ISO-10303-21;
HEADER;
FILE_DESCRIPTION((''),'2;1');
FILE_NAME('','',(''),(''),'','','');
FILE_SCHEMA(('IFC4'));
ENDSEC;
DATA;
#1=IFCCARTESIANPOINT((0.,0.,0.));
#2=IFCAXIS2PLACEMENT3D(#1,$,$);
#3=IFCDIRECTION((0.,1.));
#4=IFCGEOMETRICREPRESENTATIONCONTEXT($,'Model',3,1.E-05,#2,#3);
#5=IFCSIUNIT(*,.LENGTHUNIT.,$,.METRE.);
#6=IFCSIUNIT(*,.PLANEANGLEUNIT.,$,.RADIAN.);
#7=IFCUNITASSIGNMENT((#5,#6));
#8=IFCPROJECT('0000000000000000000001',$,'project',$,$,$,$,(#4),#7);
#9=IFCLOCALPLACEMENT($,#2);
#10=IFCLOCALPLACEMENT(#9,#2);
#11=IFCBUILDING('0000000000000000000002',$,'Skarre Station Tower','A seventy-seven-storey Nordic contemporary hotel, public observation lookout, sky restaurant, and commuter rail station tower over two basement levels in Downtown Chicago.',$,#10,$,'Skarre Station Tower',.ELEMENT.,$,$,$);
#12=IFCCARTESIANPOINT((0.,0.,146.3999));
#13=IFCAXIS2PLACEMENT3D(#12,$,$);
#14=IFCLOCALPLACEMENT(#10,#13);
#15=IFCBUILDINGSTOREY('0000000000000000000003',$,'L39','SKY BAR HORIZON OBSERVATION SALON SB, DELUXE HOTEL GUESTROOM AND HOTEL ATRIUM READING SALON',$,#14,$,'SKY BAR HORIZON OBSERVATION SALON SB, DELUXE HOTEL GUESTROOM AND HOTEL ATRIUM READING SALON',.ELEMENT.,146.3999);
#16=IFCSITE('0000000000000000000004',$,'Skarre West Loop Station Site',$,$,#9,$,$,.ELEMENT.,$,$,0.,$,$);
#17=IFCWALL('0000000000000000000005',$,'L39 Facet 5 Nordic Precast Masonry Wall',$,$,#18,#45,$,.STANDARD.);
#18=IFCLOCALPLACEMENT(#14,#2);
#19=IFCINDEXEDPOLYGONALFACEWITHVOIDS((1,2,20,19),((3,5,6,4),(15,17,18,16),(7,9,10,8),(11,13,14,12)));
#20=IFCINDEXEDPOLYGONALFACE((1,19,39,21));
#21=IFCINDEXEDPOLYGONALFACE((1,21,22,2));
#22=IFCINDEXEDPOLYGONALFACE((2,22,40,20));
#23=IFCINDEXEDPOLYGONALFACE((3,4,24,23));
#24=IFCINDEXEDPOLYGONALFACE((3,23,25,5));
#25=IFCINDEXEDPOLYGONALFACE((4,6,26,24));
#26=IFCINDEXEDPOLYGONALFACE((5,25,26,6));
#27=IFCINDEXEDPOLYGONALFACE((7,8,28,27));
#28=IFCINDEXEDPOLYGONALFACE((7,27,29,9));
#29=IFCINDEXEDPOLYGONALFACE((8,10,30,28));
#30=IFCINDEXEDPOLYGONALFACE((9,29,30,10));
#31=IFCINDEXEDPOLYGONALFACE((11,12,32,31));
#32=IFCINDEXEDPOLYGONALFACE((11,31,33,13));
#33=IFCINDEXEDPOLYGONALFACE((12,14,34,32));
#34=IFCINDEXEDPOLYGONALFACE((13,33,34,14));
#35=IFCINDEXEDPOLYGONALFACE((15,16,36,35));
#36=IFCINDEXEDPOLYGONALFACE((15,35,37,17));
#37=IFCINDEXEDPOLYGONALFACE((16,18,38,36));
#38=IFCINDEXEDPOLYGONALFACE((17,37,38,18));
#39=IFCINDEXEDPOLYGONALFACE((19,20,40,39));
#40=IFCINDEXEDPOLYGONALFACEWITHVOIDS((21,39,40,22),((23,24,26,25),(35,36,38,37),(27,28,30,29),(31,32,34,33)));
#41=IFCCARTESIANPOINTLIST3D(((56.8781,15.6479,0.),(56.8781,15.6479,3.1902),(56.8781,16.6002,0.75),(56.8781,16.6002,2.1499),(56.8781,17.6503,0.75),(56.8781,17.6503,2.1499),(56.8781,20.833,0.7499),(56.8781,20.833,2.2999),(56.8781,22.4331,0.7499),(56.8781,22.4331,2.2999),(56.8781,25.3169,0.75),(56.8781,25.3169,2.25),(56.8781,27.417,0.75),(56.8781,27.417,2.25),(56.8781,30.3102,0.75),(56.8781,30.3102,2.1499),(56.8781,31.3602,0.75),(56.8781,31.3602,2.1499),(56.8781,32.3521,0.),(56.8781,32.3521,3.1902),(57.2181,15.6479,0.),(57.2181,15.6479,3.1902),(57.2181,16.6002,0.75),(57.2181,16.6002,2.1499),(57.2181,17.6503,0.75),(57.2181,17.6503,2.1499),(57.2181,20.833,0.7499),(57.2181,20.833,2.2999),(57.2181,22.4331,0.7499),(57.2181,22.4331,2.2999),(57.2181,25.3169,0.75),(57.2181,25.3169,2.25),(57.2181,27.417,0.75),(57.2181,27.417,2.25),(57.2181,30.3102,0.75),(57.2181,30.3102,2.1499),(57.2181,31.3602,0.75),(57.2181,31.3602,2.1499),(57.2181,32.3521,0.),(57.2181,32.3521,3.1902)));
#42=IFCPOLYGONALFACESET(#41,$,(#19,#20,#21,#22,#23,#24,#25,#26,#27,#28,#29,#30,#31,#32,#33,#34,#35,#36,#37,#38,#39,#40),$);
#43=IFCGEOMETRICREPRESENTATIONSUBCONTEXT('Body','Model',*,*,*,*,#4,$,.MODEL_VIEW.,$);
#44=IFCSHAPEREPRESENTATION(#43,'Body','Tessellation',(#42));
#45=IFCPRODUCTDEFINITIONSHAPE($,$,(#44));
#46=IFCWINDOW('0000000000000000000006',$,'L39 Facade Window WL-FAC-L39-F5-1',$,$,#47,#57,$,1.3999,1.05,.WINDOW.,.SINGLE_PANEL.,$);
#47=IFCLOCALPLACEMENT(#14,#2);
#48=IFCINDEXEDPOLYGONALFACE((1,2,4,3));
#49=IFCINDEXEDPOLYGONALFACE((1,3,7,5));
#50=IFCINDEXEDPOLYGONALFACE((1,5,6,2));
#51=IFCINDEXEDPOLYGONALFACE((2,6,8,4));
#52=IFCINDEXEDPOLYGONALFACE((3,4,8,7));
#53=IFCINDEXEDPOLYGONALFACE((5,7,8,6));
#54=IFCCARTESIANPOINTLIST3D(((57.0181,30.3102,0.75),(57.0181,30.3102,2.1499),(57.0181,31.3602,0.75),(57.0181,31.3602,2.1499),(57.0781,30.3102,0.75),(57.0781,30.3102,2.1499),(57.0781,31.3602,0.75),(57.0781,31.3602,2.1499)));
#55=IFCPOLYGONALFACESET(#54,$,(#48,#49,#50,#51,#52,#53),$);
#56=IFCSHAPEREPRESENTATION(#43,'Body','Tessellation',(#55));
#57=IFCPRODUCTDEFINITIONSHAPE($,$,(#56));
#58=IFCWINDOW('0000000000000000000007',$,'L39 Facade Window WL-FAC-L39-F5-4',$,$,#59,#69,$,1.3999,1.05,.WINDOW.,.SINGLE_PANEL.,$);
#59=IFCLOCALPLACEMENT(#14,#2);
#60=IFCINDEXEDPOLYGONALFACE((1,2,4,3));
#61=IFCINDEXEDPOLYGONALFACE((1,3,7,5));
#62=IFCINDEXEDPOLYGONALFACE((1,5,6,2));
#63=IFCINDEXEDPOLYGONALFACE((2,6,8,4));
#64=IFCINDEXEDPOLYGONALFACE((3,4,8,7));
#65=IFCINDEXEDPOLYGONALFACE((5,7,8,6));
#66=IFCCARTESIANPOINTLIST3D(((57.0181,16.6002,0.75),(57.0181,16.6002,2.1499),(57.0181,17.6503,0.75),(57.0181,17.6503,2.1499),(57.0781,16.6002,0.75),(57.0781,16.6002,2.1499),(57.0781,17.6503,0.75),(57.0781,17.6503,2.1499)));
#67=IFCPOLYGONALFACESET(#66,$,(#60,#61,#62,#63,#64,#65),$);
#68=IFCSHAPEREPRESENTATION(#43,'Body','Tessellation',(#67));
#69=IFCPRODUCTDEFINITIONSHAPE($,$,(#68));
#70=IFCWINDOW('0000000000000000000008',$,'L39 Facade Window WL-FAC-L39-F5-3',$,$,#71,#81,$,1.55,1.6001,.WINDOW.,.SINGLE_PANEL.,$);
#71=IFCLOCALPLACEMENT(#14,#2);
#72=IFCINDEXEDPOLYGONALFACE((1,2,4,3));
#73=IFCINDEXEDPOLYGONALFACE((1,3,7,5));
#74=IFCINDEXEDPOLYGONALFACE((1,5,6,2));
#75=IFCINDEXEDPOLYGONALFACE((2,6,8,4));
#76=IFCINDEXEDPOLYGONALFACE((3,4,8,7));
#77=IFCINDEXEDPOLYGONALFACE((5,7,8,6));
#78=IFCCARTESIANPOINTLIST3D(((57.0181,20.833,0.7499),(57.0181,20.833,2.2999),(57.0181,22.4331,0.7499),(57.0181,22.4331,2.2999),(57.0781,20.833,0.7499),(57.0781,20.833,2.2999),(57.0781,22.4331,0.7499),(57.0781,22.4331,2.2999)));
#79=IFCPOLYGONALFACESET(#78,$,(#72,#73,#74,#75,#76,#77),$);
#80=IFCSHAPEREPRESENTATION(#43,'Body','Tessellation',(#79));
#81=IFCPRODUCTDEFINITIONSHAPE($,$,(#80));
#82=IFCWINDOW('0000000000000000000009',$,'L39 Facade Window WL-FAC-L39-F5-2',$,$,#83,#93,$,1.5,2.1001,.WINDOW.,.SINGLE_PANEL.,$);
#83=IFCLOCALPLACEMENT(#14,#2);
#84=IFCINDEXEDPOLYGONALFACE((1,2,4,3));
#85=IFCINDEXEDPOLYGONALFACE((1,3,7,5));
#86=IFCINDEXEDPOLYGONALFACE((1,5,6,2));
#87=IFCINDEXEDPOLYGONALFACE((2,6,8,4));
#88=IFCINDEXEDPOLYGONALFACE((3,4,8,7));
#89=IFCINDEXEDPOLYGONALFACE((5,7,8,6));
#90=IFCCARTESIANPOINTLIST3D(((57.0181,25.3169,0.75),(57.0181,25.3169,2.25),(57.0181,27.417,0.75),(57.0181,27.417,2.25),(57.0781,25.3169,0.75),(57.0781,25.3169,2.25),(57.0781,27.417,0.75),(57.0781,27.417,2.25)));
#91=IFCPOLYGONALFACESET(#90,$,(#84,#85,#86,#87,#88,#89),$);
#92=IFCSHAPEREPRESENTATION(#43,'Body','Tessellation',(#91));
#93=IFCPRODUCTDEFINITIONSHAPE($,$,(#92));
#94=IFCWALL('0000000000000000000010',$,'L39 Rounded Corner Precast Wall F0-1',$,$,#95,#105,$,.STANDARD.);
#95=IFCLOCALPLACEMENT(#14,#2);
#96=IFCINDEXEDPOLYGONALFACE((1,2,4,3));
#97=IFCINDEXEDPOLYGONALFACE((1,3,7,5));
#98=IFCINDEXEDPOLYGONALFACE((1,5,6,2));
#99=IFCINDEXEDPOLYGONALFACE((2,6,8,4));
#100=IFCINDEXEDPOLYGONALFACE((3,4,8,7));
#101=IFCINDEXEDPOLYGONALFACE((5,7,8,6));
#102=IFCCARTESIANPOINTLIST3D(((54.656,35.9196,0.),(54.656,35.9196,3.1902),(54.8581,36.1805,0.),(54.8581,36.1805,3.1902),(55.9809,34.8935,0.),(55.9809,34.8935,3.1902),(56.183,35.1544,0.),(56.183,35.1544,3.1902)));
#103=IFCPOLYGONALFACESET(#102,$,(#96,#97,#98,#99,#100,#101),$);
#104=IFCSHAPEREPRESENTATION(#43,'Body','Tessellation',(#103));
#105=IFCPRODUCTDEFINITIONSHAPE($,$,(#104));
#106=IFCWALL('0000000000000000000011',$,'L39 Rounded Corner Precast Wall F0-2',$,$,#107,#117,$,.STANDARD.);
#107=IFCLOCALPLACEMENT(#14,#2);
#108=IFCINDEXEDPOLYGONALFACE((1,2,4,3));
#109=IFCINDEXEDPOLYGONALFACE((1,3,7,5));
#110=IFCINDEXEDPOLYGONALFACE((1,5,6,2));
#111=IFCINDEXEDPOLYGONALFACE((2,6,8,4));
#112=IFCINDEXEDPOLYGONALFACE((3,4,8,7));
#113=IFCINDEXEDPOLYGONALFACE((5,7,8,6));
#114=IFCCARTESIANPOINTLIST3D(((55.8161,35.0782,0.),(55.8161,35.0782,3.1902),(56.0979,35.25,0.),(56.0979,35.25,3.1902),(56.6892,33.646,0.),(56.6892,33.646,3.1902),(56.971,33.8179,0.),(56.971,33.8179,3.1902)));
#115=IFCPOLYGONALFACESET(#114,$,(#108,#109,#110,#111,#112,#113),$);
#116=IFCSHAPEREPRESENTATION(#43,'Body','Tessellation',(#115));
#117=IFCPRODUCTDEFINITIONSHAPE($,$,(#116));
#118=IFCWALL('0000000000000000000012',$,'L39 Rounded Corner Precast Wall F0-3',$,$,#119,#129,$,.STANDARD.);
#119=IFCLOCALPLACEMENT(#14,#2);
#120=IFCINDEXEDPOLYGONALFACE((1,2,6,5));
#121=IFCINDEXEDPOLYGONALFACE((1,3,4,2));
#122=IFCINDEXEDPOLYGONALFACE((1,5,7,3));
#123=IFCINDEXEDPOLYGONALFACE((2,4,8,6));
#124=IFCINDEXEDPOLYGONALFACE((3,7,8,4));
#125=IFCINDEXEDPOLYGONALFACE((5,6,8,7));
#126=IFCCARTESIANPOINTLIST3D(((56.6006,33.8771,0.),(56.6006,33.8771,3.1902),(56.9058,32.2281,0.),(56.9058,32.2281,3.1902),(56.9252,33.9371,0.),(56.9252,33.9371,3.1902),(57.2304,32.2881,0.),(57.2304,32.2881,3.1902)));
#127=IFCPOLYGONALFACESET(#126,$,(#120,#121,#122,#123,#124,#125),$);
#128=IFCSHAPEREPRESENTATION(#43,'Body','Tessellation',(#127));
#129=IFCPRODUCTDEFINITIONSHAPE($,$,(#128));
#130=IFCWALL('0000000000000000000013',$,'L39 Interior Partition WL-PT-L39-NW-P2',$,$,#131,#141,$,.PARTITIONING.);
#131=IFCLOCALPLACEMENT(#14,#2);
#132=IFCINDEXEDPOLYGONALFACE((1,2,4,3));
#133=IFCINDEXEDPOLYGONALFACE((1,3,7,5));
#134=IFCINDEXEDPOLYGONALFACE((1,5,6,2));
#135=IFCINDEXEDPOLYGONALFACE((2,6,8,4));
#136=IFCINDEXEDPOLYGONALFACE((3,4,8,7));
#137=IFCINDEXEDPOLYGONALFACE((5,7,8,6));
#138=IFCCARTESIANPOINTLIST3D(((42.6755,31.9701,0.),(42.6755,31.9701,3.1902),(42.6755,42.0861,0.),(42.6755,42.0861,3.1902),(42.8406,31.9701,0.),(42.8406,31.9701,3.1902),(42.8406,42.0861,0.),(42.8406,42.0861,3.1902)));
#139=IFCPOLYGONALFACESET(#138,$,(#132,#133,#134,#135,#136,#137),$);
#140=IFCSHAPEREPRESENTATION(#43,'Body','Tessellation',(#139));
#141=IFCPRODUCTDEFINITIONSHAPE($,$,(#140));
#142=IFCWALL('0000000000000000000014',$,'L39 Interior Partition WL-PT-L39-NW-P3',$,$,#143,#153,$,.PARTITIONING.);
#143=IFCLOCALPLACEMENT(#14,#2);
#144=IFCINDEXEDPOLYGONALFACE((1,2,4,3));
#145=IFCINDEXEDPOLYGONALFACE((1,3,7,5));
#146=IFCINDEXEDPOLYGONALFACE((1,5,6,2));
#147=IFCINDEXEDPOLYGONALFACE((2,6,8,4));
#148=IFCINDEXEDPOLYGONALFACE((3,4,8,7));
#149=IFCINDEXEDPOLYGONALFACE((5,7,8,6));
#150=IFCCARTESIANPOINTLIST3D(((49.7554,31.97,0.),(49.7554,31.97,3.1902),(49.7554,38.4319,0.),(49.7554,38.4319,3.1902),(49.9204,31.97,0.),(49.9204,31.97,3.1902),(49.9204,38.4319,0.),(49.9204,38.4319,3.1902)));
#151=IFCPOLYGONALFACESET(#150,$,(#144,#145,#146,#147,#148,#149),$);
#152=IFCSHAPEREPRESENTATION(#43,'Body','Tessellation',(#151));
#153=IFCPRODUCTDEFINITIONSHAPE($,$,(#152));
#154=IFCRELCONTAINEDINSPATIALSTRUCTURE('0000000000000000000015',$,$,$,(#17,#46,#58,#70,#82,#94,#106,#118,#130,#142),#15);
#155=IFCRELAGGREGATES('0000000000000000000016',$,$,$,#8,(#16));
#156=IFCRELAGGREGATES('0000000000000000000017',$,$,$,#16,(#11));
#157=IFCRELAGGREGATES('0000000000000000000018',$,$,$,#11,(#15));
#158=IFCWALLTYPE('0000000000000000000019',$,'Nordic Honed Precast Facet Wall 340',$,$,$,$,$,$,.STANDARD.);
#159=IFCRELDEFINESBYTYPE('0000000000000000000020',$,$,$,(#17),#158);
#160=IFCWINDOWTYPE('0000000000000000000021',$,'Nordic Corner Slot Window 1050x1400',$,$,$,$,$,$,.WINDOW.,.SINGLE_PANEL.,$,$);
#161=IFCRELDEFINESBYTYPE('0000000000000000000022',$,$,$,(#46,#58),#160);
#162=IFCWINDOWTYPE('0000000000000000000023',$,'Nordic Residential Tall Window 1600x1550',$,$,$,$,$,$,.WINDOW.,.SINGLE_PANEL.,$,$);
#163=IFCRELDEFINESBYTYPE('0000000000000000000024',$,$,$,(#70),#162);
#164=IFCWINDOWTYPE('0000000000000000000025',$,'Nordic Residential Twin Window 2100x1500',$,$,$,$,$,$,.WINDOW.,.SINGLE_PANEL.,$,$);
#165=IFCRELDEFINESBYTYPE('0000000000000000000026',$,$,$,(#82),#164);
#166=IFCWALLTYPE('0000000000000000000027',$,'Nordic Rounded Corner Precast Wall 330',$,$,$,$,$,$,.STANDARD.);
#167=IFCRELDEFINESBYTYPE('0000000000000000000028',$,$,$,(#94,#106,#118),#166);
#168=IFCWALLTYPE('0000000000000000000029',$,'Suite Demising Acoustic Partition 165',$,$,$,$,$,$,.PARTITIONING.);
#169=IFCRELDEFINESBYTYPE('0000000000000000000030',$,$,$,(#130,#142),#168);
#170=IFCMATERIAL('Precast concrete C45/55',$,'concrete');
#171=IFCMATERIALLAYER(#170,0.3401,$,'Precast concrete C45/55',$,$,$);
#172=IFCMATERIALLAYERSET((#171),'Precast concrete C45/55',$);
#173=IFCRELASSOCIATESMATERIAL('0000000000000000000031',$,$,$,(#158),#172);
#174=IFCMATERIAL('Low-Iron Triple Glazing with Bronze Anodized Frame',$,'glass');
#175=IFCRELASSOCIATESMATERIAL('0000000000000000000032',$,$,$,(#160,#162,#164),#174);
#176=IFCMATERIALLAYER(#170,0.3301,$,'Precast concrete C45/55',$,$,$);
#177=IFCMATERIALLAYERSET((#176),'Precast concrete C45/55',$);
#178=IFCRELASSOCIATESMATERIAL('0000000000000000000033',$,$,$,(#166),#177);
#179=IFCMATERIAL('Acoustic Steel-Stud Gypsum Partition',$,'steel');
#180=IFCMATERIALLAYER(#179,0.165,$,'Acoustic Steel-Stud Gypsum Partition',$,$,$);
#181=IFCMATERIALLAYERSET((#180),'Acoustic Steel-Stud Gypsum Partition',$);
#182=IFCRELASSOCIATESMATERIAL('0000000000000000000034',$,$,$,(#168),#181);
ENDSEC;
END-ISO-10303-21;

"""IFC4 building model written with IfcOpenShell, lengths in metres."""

from ifc_helpers import new_model, si_unit, direction, frame, frame_2d, origin, place, context, subcontext, project, spatial, rectangle, extrude, material, layer, layer_set, type_object, element, fill, save


model = new_model("IFC4")

# Units and contexts
model_context = context("Model", 3, precision=1e-05, world=origin(), true_north=direction((0.0, 1.0)))
body_context = subcontext(model_context, "Body", "Model", "MODEL_VIEW")
ifc_project = project(units=[si_unit("LENGTHUNIT", "METRE"), si_unit("PLANEANGLEUNIT", "RADIAN")], contexts=[model_context])

# Site, building, storey
site_placement = place(None, origin())
site = spatial("IfcSite", under=ifc_project, at=site_placement, Name="Skarre West Loop Station Site", CompositionType="ELEMENT", RefElevation=0.0)
building_placement = place(site_placement, origin())
building = spatial("IfcBuilding", under=site, at=building_placement, Name="Skarre Station Tower", Description="A seventy-seven-storey Nordic contemporary hotel, public observation lookout, sky restaurant, and commuter rail station tower over two basement levels in Downtown Chicago.", LongName="Skarre Station Tower", CompositionType="ELEMENT")
storey_placement = place(building_placement, frame((0.0, 0.0, 146.3999)))
storey = spatial("IfcBuildingStorey", under=building, at=storey_placement, Name="L39", Description="SKY BAR HORIZON OBSERVATION SALON SB, DELUXE HOTEL GUESTROOM AND HOTEL ATRIUM READING SALON", LongName="SKY BAR HORIZON OBSERVATION SALON SB, DELUXE HOTEL GUESTROOM AND HOTEL ATRIUM READING SALON", CompositionType="ELEMENT", Elevation=146.3999)

# Shared definitions
ifc_material_1 = material(Name="Acoustic Steel-Stud Gypsum Partition", Category="steel")

# Wall, openings, windows
ifc_material_2 = material(Name="Precast concrete C45/55", Category="concrete")
ifc_layer_1 = layer(ifc_material_2, 0.3401, Name="Precast concrete C45/55")
ifc_layer_set_1 = layer_set([ifc_layer_1], Name="Precast concrete C45/55")
wall_type_1 = type_object("IfcWallType", Name="Nordic Honed Precast Facet Wall 340", PredefinedType="STANDARD", material=ifc_layer_set_1)
wall_1_placement = place(storey_placement, frame((57.0481, 32.3521, 0.0), z_axis=(0.0, 0.0, 1.0), x_axis=(0.0, -1.0, 0.0)))
wall_1 = element("IfcWall", 1, at=wall_1_placement, inside=storey, type_object=wall_type_1, Name="L39 Facet 5 Nordic Precast Masonry Wall", PredefinedType="STANDARD", context=body_context, shape_type="SweptSolid", body=[
    extrude(rectangle(XDim=16.7041, YDim=0.3401, at=frame_2d((8.3521, 0.0))), origin(), (0.0, 0.0, 1.0), 3.1902),
])
opening_1_placement = place(wall_1_placement, frame((0.9919, 0.0, 0.75)))
opening_1 = element("IfcOpeningElement", 2, at=opening_1_placement, cuts=wall_1, PredefinedType="OPENING", context=body_context, shape_type="SweptSolid", body=[
    extrude(rectangle(XDim=1.05, YDim=1.3999, at=frame_2d((0.5249, 0.7))), frame((0.0, 0.1799, 0.0), z_axis=(0.0, -1.0, 0.0), x_axis=(1.0, 0.0, 0.0)), (0.0, 0.0, 1.0), 0.3601),
])
opening_2_placement = place(wall_1_placement, frame((4.9351, 0.0, 0.75)))
opening_2 = element("IfcOpeningElement", 3, at=opening_2_placement, cuts=wall_1, PredefinedType="OPENING", context=body_context, shape_type="SweptSolid", body=[
    extrude(rectangle(XDim=2.1001, YDim=1.5, at=frame_2d((1.05, 0.75))), frame((0.0, 0.1799, 0.0), z_axis=(0.0, -1.0, 0.0), x_axis=(1.0, 0.0, 0.0)), (0.0, 0.0, 1.0), 0.3601),
])
opening_3_placement = place(wall_1_placement, frame((9.9189, 0.0, 0.75)))
opening_3 = element("IfcOpeningElement", 4, at=opening_3_placement, cuts=wall_1, PredefinedType="OPENING", context=body_context, shape_type="SweptSolid", body=[
    extrude(rectangle(XDim=1.6001, YDim=1.55, at=frame_2d((0.8, 0.7749))), frame((0.0, 0.1799, 0.0), z_axis=(0.0, -1.0, 0.0), x_axis=(1.0, 0.0, 0.0)), (0.0, 0.0, 1.0), 0.3601),
])
opening_4_placement = place(wall_1_placement, frame((14.7019, 0.0, 0.75)))
opening_4 = element("IfcOpeningElement", 5, at=opening_4_placement, cuts=wall_1, PredefinedType="OPENING", context=body_context, shape_type="SweptSolid", body=[
    extrude(rectangle(XDim=1.05, YDim=1.3999, at=frame_2d((0.5249, 0.7))), frame((0.0, 0.1799, 0.0), z_axis=(0.0, -1.0, 0.0), x_axis=(1.0, 0.0, 0.0)), (0.0, 0.0, 1.0), 0.3601),
])
ifc_material_3 = material(Name="Low-Iron Triple Glazing with Bronze Anodized Frame", Category="glass")
window_type_1 = type_object("IfcWindowType", Name="Nordic Corner Slot Window 1050x1400", PartitioningType="SINGLE_PANEL", PredefinedType="WINDOW", material=ifc_material_3)
window_1_placement = place(opening_1_placement, origin())
window_1 = element("IfcWindow", 6, at=window_1_placement, inside=storey, type_object=window_type_1, Name="L39 Facade Window WL-FAC-L39-F5-1", OverallHeight=1.3999, OverallWidth=1.05, PartitioningType="SINGLE_PANEL", PredefinedType="WINDOW", context=body_context, shape_type="SweptSolid", body=[
    extrude(rectangle(XDim=1.05, YDim=1.3999, at=frame_2d((0.5249, 0.7))), frame((0.0, 0.03, 0.0), z_axis=(0.0, -1.0, 0.0), x_axis=(1.0, 0.0, 0.0)), (0.0, 0.0, 1.0), 0.0601),
])
fill(opening_1, window_1)
window_2_placement = place(opening_4_placement, origin())
window_2 = element("IfcWindow", 7, at=window_2_placement, inside=storey, type_object=window_type_1, Name="L39 Facade Window WL-FAC-L39-F5-4", OverallHeight=1.3999, OverallWidth=1.05, PartitioningType="SINGLE_PANEL", PredefinedType="WINDOW", context=body_context, shape_type="SweptSolid", body=[
    extrude(rectangle(XDim=1.05, YDim=1.3999, at=frame_2d((0.5249, 0.7))), frame((0.0, 0.03, 0.0), z_axis=(0.0, -1.0, 0.0), x_axis=(1.0, 0.0, 0.0)), (0.0, 0.0, 1.0), 0.0601),
])
fill(opening_4, window_2)
window_type_2 = type_object("IfcWindowType", Name="Nordic Residential Tall Window 1600x1550", PartitioningType="SINGLE_PANEL", PredefinedType="WINDOW", material=ifc_material_3)
window_3_placement = place(opening_3_placement, origin())
window_3 = element("IfcWindow", 8, at=window_3_placement, inside=storey, type_object=window_type_2, Name="L39 Facade Window WL-FAC-L39-F5-3", OverallHeight=1.55, OverallWidth=1.6001, PartitioningType="SINGLE_PANEL", PredefinedType="WINDOW", context=body_context, shape_type="SweptSolid", body=[
    extrude(rectangle(XDim=1.6001, YDim=1.55, at=frame_2d((0.8, 0.7749))), frame((0.0, 0.03, 0.0), z_axis=(0.0, -1.0, 0.0), x_axis=(1.0, 0.0, 0.0)), (0.0, 0.0, 1.0), 0.0601),
])
fill(opening_3, window_3)
window_type_3 = type_object("IfcWindowType", Name="Nordic Residential Twin Window 2100x1500", PartitioningType="SINGLE_PANEL", PredefinedType="WINDOW", material=ifc_material_3)
window_4_placement = place(opening_2_placement, origin())
window_4 = element("IfcWindow", 9, at=window_4_placement, inside=storey, type_object=window_type_3, Name="L39 Facade Window WL-FAC-L39-F5-2", OverallHeight=1.5, OverallWidth=2.1001, PartitioningType="SINGLE_PANEL", PredefinedType="WINDOW", context=body_context, shape_type="SweptSolid", body=[
    extrude(rectangle(XDim=2.1001, YDim=1.5, at=frame_2d((1.05, 0.75))), frame((0.0, 0.03, 0.0), z_axis=(0.0, -1.0, 0.0), x_axis=(1.0, 0.0, 0.0)), (0.0, 0.0, 1.0), 0.0601),
])
fill(opening_2, window_4)

# Walls
ifc_layer_2 = layer(ifc_material_2, 0.3301, Name="Precast concrete C45/55")
ifc_layer_set_2 = layer_set([ifc_layer_2], Name="Precast concrete C45/55")
wall_type_2 = type_object("IfcWallType", Name="Nordic Rounded Corner Precast Wall 330", PredefinedType="STANDARD", material=ifc_layer_set_2)
wall_2_placement = place(storey_placement, frame((54.7571, 36.05, 0.0), z_axis=(0.0, 0.0, 1.0), x_axis=(0.790621, -0.612305, 0.0)))
element("IfcWall", 10, at=wall_2_placement, inside=storey, type_object=wall_type_2, Name="L39 Rounded Corner Precast Wall F0-1", PredefinedType="STANDARD", context=body_context, shape_type="SweptSolid", body=[
    extrude(rectangle(XDim=1.6758, YDim=0.3301, at=frame_2d((0.8379, 0.0))), origin(), (0.0, 0.0, 1.0), 3.1902),
])
wall_3_placement = place(storey_placement, frame((55.957, 35.1641, 0.0), z_axis=(0.0, 0.0, 1.0), x_axis=(0.520519, -0.85385, 0.0)))
element("IfcWall", 11, at=wall_3_placement, inside=storey, type_object=wall_type_2, Name="L39 Rounded Corner Precast Wall F0-2", PredefinedType="STANDARD", context=body_context, shape_type="SweptSolid", body=[
    extrude(rectangle(XDim=1.6772, YDim=0.3301, at=frame_2d((0.8386, 0.0))), origin(), (0.0, 0.0, 1.0), 3.1902),
])
wall_4_placement = place(storey_placement, frame((56.7629, 33.907, 0.0), z_axis=(0.0, 0.0, 1.0), x_axis=(0.181985, -0.983301, 0.0)))
element("IfcWall", 12, at=wall_4_placement, inside=storey, type_object=wall_type_2, Name="L39 Rounded Corner Precast Wall F0-3", PredefinedType="STANDARD", context=body_context, shape_type="SweptSolid", body=[
    extrude(rectangle(XDim=1.677, YDim=0.3301, at=frame_2d((0.8384, 0.0))), origin(), (0.0, 0.0, 1.0), 3.1902),
])
ifc_layer_3 = layer(ifc_material_1, 0.165, Name="Acoustic Steel-Stud Gypsum Partition")
ifc_layer_set_3 = layer_set([ifc_layer_3], Name="Acoustic Steel-Stud Gypsum Partition")
wall_type_3 = type_object("IfcWallType", Name="Suite Demising Acoustic Partition 165", PredefinedType="PARTITIONING", material=ifc_layer_set_3)
wall_5_placement = place(storey_placement, frame((42.7581, 31.97, 0.0), z_axis=(0.0, 0.0, 1.0), x_axis=(0.0, 1.0, 0.0)))
element("IfcWall", 13, at=wall_5_placement, inside=storey, type_object=wall_type_3, Name="L39 Interior Partition WL-PT-L39-NW-P2", PredefinedType="PARTITIONING", context=body_context, shape_type="SweptSolid", body=[
    extrude(rectangle(XDim=10.116, YDim=0.165, at=frame_2d((5.0581, 0.0))), origin(), (0.0, 0.0, 1.0), 3.1902),
])
wall_6_placement = place(storey_placement, frame((49.8379, 31.97, 0.0), z_axis=(0.0, 0.0, 1.0), x_axis=(0.0, 1.0, 0.0)))
element("IfcWall", 14, at=wall_6_placement, inside=storey, type_object=wall_type_3, Name="L39 Interior Partition WL-PT-L39-NW-P3", PredefinedType="PARTITIONING", context=body_context, shape_type="SweptSolid", body=[
    extrude(rectangle(XDim=6.4619, YDim=0.165, at=frame_2d((3.231, 0.0))), origin(), (0.0, 0.0, 1.0), 3.1902),
])

save(model, "model.ifc")
